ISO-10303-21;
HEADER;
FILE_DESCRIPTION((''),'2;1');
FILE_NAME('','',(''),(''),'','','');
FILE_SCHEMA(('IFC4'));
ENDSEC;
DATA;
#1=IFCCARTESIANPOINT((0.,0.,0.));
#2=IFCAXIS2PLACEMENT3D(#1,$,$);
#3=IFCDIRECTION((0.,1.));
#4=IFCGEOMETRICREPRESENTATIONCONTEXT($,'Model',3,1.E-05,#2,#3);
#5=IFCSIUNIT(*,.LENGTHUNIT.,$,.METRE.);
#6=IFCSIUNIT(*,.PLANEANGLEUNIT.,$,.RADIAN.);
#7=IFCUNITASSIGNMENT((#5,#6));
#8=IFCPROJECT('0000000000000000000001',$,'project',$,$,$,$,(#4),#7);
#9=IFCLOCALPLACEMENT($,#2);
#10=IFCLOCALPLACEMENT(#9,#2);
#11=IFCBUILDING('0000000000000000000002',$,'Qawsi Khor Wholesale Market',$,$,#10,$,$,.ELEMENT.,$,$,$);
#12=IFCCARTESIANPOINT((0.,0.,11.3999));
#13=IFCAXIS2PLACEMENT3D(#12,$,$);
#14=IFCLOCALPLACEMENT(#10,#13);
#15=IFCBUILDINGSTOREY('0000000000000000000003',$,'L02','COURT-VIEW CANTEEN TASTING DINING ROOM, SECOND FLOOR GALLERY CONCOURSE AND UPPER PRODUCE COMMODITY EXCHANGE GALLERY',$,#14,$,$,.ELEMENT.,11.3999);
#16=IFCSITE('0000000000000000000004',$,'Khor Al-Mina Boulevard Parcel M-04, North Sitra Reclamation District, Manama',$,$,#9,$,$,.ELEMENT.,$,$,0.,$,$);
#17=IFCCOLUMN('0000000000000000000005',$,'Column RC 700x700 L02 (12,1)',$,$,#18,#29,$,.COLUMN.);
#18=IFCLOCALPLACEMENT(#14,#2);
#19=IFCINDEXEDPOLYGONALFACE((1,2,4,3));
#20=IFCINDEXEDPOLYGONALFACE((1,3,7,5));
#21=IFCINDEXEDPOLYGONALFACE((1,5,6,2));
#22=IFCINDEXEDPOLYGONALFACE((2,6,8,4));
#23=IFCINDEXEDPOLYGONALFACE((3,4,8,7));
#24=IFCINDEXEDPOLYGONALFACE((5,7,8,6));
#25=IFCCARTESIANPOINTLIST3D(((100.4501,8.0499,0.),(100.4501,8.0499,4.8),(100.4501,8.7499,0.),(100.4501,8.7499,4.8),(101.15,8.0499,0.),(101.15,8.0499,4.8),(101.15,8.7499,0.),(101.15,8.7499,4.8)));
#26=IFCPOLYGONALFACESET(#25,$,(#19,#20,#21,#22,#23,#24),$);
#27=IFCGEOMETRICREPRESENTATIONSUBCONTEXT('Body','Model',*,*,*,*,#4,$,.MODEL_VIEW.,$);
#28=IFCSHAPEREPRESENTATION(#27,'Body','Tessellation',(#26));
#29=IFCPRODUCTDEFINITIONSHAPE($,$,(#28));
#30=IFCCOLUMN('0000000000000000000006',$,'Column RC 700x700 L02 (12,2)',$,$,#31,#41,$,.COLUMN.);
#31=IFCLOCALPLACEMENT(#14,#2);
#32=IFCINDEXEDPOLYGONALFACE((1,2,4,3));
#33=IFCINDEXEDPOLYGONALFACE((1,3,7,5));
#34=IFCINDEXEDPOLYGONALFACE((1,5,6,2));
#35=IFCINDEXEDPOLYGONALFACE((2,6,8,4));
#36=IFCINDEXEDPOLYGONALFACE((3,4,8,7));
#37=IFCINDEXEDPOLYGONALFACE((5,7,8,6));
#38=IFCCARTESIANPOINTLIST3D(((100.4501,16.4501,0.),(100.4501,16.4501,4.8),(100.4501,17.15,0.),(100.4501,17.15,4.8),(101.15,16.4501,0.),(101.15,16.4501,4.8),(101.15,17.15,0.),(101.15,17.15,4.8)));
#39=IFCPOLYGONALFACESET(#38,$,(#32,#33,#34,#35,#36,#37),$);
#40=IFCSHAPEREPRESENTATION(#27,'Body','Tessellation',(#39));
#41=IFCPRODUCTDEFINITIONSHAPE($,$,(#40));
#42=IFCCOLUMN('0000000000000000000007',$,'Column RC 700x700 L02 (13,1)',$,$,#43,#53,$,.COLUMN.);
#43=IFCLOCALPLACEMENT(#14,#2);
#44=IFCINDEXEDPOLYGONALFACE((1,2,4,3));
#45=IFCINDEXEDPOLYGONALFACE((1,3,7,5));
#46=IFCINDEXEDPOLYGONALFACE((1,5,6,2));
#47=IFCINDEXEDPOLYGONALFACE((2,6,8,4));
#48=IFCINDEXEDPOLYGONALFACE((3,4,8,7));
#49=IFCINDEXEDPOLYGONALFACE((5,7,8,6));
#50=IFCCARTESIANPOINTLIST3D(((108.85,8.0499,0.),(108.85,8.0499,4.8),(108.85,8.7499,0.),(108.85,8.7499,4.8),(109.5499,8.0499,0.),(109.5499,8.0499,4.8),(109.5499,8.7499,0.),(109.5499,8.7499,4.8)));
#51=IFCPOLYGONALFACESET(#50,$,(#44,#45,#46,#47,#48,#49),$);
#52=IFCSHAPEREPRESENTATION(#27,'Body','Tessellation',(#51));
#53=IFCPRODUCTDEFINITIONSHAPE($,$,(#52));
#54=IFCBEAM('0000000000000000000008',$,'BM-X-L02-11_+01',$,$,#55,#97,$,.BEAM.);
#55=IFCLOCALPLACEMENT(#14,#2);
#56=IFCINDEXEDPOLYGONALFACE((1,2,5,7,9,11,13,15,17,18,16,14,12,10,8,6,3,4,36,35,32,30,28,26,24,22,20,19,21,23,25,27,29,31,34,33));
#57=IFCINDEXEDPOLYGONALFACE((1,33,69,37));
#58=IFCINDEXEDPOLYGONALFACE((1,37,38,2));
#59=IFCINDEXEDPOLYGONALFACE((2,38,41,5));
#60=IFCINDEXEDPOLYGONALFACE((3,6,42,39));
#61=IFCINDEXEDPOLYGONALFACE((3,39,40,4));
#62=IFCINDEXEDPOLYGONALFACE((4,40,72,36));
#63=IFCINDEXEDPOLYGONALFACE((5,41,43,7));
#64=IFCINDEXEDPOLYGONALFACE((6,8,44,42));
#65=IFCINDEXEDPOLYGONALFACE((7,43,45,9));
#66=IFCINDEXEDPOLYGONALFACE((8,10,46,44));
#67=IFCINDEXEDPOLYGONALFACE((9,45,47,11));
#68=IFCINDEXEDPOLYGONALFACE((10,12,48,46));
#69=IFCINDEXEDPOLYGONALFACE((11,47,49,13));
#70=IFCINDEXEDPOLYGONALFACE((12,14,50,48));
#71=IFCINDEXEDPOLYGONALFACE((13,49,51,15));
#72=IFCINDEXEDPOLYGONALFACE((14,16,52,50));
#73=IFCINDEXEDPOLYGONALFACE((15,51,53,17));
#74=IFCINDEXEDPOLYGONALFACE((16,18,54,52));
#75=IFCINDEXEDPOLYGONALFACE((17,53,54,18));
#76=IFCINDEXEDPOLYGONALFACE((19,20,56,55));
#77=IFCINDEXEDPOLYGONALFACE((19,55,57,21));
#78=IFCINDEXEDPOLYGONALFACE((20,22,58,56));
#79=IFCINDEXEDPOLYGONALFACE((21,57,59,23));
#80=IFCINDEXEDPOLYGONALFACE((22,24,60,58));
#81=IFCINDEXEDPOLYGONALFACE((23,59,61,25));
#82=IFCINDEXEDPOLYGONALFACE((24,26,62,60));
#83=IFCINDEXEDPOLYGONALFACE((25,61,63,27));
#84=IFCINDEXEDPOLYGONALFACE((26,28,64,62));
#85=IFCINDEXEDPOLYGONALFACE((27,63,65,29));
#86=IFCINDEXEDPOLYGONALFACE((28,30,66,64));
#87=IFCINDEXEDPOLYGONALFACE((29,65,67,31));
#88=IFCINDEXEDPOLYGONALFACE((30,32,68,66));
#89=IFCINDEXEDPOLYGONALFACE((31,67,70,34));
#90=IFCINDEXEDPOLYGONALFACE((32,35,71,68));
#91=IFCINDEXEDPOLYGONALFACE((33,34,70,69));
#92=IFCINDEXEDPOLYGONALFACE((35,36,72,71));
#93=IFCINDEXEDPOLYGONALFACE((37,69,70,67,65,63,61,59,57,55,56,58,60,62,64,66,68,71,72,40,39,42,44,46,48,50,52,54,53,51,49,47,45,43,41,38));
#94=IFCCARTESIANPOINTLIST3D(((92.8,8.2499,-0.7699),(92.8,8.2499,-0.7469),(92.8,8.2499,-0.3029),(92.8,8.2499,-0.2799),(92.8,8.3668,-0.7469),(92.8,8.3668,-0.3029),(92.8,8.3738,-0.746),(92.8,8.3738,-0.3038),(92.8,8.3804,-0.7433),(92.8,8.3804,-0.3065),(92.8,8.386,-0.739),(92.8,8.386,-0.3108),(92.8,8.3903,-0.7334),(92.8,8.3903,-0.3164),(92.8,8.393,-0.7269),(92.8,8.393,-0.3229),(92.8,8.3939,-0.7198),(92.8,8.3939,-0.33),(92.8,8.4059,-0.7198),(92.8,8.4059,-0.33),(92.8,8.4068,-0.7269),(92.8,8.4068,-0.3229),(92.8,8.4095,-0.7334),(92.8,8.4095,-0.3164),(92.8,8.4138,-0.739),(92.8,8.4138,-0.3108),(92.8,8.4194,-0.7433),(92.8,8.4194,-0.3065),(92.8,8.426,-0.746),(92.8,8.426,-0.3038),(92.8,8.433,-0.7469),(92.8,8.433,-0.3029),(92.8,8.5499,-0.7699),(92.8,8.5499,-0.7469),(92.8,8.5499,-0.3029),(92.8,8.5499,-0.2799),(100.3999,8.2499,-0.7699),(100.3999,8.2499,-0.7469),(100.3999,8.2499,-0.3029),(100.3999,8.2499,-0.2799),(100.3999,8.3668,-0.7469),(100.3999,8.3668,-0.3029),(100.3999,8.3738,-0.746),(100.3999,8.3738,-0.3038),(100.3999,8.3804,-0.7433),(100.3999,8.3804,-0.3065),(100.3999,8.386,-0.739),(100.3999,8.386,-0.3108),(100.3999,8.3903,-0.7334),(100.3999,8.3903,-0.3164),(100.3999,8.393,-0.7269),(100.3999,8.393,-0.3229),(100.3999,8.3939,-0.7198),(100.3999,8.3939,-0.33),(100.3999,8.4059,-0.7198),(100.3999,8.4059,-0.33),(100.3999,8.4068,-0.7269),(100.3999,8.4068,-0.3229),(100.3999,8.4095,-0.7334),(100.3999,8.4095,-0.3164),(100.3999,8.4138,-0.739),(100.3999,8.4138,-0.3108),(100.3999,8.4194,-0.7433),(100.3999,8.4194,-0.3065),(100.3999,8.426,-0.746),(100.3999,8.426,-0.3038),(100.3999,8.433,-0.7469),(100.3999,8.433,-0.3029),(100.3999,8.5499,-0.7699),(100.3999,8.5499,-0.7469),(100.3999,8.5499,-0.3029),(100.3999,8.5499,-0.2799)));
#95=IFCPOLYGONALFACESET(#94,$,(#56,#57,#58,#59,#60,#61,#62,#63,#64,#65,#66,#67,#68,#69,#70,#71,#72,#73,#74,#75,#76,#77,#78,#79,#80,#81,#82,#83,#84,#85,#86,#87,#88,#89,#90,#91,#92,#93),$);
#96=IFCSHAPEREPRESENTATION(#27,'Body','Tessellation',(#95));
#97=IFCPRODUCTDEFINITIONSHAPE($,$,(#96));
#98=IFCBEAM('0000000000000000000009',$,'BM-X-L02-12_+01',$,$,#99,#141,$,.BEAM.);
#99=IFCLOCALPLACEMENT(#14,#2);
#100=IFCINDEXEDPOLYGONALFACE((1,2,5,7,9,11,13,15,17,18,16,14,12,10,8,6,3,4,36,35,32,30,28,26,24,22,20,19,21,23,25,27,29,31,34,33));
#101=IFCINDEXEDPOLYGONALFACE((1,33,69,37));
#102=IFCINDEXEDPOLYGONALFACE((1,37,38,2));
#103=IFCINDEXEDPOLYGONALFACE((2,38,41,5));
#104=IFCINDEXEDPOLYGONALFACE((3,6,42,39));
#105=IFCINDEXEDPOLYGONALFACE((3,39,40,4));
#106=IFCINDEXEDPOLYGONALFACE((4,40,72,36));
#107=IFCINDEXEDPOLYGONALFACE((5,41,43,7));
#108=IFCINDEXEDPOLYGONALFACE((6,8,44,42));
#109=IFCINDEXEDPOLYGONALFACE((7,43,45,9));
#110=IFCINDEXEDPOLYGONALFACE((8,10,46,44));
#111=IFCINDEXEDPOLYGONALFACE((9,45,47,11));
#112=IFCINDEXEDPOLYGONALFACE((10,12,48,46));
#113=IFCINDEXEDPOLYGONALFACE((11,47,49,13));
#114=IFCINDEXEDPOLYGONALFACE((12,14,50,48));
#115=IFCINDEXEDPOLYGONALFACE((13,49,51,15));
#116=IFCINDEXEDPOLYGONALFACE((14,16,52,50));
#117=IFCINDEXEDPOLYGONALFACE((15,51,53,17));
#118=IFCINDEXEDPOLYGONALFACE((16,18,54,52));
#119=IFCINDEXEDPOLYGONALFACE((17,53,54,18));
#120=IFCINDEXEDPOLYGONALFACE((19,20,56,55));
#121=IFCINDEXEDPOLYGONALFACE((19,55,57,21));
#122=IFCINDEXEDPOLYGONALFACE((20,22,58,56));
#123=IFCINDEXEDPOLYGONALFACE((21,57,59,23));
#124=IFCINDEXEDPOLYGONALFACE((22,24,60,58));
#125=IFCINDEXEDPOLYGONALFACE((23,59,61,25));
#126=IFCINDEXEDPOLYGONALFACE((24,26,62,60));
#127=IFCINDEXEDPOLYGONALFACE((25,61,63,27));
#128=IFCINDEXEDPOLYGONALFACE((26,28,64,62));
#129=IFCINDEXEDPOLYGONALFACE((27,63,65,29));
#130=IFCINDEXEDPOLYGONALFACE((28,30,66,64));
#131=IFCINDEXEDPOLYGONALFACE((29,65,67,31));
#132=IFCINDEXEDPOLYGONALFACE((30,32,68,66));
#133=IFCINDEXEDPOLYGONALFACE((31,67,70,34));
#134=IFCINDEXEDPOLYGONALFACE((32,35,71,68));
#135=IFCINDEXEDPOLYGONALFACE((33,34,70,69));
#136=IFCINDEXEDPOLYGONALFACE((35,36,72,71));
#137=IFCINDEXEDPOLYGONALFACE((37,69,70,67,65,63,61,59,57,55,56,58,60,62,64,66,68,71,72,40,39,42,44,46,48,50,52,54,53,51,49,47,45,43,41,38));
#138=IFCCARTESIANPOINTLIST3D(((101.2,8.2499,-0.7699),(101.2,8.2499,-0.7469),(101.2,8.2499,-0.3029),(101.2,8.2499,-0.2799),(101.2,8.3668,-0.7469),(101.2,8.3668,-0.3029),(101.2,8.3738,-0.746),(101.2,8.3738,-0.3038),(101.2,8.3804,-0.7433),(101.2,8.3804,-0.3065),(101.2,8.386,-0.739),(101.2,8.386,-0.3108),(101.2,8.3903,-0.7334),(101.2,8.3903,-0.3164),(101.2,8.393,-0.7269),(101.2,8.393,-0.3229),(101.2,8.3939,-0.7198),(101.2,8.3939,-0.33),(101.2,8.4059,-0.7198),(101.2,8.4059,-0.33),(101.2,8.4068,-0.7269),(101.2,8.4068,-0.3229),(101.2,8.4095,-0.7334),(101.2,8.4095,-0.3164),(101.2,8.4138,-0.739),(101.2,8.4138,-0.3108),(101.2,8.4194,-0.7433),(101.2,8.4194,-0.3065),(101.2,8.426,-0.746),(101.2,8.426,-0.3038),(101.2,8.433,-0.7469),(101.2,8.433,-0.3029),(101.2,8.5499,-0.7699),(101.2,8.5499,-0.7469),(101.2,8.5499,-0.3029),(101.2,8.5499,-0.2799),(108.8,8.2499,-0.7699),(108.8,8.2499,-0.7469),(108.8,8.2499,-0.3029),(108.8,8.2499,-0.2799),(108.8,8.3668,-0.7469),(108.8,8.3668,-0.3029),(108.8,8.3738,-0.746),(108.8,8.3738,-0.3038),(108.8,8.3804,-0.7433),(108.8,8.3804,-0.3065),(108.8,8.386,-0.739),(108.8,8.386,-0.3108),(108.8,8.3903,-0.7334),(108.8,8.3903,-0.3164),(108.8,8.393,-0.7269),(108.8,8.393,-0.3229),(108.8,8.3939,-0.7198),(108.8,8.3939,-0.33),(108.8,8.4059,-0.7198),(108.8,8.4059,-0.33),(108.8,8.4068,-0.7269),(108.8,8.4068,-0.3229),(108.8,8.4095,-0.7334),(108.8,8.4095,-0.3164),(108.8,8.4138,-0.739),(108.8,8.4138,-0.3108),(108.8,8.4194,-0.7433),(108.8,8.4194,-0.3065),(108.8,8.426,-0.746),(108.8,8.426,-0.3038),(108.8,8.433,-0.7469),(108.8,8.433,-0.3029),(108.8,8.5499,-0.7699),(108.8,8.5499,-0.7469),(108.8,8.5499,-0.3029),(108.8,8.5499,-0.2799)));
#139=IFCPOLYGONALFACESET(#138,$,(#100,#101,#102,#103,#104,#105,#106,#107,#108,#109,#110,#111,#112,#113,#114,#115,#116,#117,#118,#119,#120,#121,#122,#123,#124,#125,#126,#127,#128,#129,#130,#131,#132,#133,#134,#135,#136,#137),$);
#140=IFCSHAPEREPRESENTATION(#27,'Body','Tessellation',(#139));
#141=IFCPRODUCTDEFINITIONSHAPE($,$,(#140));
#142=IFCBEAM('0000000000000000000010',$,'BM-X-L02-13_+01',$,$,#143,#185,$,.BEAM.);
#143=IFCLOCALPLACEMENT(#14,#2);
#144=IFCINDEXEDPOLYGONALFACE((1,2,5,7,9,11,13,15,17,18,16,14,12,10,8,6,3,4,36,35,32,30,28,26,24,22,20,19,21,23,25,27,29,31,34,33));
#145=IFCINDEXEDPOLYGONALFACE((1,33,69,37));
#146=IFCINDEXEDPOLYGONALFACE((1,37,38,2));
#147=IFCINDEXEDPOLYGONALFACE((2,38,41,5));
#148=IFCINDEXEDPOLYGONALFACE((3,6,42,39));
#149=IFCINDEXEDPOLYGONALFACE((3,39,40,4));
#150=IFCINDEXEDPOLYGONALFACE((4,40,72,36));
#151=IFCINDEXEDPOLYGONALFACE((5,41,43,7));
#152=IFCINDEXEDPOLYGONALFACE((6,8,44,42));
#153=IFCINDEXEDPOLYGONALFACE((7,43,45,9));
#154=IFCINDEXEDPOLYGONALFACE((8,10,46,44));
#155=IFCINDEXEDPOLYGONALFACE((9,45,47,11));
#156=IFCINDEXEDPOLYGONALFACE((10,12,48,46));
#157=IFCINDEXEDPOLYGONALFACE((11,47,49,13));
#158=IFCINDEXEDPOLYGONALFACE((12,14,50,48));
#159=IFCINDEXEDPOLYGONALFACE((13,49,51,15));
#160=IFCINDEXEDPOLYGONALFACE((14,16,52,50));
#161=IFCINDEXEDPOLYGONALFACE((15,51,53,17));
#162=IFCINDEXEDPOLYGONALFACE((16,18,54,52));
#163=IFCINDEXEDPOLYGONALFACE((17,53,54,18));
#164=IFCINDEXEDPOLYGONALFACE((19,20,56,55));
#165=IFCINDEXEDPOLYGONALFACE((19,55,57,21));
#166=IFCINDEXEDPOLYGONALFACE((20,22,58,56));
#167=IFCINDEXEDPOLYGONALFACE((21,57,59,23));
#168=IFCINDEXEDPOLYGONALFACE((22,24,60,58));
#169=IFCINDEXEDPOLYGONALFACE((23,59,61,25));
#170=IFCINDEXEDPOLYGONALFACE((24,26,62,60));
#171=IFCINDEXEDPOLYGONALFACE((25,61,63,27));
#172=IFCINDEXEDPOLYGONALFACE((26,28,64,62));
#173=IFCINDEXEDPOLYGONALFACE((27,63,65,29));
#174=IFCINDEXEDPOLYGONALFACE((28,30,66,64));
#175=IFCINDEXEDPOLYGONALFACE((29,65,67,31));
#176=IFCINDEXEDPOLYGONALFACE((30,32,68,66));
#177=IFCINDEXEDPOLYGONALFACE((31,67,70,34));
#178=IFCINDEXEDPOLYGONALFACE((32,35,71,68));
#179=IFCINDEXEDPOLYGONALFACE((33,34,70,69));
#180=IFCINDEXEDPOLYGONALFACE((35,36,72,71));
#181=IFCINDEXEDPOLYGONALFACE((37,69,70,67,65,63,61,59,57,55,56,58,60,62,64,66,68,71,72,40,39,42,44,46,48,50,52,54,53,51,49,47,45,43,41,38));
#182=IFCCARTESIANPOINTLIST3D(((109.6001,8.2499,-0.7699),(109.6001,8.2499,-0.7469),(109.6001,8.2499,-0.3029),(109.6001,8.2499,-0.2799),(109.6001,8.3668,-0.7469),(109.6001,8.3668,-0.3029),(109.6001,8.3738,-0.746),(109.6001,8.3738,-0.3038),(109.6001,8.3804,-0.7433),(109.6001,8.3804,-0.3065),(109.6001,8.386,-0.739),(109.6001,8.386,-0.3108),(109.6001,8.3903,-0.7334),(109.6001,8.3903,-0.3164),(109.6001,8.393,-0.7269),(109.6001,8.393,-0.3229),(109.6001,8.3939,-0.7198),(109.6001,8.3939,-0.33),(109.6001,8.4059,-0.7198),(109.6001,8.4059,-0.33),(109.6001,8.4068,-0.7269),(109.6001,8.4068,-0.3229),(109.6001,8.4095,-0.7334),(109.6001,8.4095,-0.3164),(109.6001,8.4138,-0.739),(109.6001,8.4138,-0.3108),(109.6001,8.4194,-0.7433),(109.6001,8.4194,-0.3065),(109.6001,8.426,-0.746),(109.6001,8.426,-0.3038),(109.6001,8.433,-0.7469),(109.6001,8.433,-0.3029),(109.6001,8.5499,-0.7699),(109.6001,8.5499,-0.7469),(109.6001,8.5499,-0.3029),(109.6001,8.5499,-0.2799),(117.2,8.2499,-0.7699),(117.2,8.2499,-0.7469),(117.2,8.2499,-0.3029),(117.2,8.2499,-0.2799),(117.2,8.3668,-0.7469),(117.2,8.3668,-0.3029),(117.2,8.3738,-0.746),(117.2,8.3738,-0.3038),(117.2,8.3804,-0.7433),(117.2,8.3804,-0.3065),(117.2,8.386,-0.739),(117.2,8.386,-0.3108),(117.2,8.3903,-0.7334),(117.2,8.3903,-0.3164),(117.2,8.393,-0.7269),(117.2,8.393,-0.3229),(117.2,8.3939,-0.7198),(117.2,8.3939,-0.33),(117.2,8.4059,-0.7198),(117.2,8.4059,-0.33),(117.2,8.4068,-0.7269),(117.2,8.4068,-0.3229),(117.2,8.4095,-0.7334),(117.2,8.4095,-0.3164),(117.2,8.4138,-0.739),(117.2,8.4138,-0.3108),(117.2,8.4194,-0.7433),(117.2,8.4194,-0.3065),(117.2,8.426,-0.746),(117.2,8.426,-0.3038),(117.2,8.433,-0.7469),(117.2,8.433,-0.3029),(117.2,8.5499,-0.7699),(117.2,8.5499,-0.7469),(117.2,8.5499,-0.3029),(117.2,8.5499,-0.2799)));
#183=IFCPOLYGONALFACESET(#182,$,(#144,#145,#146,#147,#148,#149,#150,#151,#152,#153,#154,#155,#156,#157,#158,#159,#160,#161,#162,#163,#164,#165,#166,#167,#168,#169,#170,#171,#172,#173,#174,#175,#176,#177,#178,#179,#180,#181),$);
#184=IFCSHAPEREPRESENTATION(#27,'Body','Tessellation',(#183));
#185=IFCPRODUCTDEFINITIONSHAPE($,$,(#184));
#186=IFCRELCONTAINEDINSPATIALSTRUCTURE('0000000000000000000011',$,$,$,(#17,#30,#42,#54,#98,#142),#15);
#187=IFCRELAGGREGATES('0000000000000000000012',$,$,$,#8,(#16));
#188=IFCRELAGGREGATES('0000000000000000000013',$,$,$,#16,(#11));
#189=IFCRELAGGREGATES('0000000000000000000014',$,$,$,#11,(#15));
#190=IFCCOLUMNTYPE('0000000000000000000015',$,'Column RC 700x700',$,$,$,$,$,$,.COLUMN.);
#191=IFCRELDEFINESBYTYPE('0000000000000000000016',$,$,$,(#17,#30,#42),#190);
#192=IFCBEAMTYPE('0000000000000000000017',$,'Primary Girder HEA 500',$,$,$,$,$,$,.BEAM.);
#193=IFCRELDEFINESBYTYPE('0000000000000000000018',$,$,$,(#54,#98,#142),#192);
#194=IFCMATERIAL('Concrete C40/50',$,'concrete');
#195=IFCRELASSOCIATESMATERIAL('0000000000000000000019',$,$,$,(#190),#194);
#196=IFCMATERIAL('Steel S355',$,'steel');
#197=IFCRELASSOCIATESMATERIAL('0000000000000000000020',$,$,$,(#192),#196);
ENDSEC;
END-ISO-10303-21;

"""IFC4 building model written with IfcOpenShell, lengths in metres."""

from ifc_helpers import new_model, si_unit, direction, frame, origin, origin_2d, place, context, subcontext, project, spatial, rectangle, i_section, extrude, material, material_profile, profile_set, type_object, element, save


model = new_model("IFC4")

# Units and contexts
model_context = context("Model", 3, precision=1e-05, world=origin(), true_north=direction((0.0, 1.0)))
body_context = subcontext(model_context, "Body", "Model", "MODEL_VIEW")
ifc_project = project(units=[si_unit("LENGTHUNIT", "METRE"), si_unit("PLANEANGLEUNIT", "RADIAN")], contexts=[model_context])

# Site, building, storey
site_placement = place(None, origin())
site = spatial("IfcSite", under=ifc_project, at=site_placement, Name="Khor Al-Mina Boulevard Parcel M-04, North Sitra Reclamation District, Manama", CompositionType="ELEMENT", RefElevation=0.0)
building_placement = place(site_placement, origin())
building = spatial("IfcBuilding", under=site, at=building_placement, Name="Qawsi Khor Wholesale Market", CompositionType="ELEMENT")
storey_placement = place(building_placement, frame((0.0, 0.0, 11.3999)))
storey = spatial("IfcBuildingStorey", under=building, at=storey_placement, Name="L02", Description="COURT-VIEW CANTEEN TASTING DINING ROOM, SECOND FLOOR GALLERY CONCOURSE AND UPPER PRODUCE COMMODITY EXCHANGE GALLERY", CompositionType="ELEMENT", Elevation=11.3999)

# Columns
ifc_material_1 = material(Name="Concrete C40/50", Category="concrete")
ifc_material_profile_1 = material_profile(ifc_material_1, rectangle(XDim=0.7, YDim=0.7, at=origin_2d()), Name="RC 700x700")
ifc_profile_set_1 = profile_set([ifc_material_profile_1], Name="Concrete C40/50")
column_type = type_object("IfcColumnType", Name="Column RC 700x700", PredefinedType="COLUMN", material=ifc_profile_set_1)
for number, where, z_axis, x_axis, name in (
    (1, (100.8, 8.3999, 0.0), (0.0, 0.0, 1.0), (1.0, 0.0, 0.0), "Column RC 700x700 L02 (12,1)"),
    (2, (100.8, 16.8, 0.0), (0.0, 0.0, 1.0), (1.0, 0.0, 0.0), "Column RC 700x700 L02 (12,2)"),
    (3, (109.2, 8.3999, 0.0), (0.0, 0.0, 1.0), (1.0, 0.0, 0.0), "Column RC 700x700 L02 (13,1)"),
):
    element("IfcColumn", number, at=place(storey_placement, frame(where, z_axis=z_axis, x_axis=x_axis)), inside=storey, type_object=column_type, Name=name, PredefinedType="COLUMN", context=body_context, shape_type="SweptSolid", body=[
        extrude(rectangle(XDim=0.7, YDim=0.7, at=origin_2d()), origin(), (0.0, 0.0, 1.0), 4.8),
    ])

# Beams
ifc_material_2 = material(Name="Steel S355", Category="steel")
ifc_material_profile_2 = material_profile(ifc_material_2, i_section(OverallWidth=0.3, OverallDepth=0.49, WebThickness=0.012, FlangeThickness=0.0229, FilletRadius=0.0271, at=origin_2d()), Name="HEA 500")
ifc_profile_set_2 = profile_set([ifc_material_profile_2], Name="Steel S355")
beam_type_1 = type_object("IfcBeamType", Name="Primary Girder HEA 500", PredefinedType="BEAM", material=ifc_profile_set_2)
beam_1_placement = place(storey_placement, frame((92.8, 8.3999, -0.5249), z_axis=(1.0, 0.0, 0.0), x_axis=(0.0, 1.0, 0.0)))
element("IfcBeam", 4, at=beam_1_placement, inside=storey, type_object=beam_type_1, Name="BM-X-L02-11_+01", PredefinedType="BEAM", context=body_context, shape_type="SweptSolid", body=[
    extrude(i_section(OverallWidth=0.3, OverallDepth=0.49, WebThickness=0.012, FlangeThickness=0.0229, FilletRadius=0.0271, at=origin_2d()), origin(), (0.0, 0.0, 1.0), 7.5999),
])
beam_2_placement = place(storey_placement, frame((101.2, 8.3999, -0.5249), z_axis=(1.0, 0.0, 0.0), x_axis=(0.0, 1.0, 0.0)))
element("IfcBeam", 5, at=beam_2_placement, inside=storey, type_object=beam_type_1, Name="BM-X-L02-12_+01", PredefinedType="BEAM", context=body_context, shape_type="SweptSolid", body=[
    extrude(i_section(OverallWidth=0.3, OverallDepth=0.49, WebThickness=0.012, FlangeThickness=0.0229, FilletRadius=0.0271, at=origin_2d()), origin(), (0.0, 0.0, 1.0), 7.6001),
])
beam_3_placement = place(storey_placement, frame((109.6001, 8.3999, -0.5249), z_axis=(1.0, 0.0, 0.0), x_axis=(0.0, 1.0, 0.0)))
element("IfcBeam", 6, at=beam_3_placement, inside=storey, type_object=beam_type_1, Name="BM-X-L02-13_+01", PredefinedType="BEAM", context=body_context, shape_type="SweptSolid", body=[
    extrude(i_section(OverallWidth=0.3, OverallDepth=0.49, WebThickness=0.012, FlangeThickness=0.0229, FilletRadius=0.0271, at=origin_2d()), origin(), (0.0, 0.0, 1.0), 7.5999),
])

save(model, "model.ifc")
